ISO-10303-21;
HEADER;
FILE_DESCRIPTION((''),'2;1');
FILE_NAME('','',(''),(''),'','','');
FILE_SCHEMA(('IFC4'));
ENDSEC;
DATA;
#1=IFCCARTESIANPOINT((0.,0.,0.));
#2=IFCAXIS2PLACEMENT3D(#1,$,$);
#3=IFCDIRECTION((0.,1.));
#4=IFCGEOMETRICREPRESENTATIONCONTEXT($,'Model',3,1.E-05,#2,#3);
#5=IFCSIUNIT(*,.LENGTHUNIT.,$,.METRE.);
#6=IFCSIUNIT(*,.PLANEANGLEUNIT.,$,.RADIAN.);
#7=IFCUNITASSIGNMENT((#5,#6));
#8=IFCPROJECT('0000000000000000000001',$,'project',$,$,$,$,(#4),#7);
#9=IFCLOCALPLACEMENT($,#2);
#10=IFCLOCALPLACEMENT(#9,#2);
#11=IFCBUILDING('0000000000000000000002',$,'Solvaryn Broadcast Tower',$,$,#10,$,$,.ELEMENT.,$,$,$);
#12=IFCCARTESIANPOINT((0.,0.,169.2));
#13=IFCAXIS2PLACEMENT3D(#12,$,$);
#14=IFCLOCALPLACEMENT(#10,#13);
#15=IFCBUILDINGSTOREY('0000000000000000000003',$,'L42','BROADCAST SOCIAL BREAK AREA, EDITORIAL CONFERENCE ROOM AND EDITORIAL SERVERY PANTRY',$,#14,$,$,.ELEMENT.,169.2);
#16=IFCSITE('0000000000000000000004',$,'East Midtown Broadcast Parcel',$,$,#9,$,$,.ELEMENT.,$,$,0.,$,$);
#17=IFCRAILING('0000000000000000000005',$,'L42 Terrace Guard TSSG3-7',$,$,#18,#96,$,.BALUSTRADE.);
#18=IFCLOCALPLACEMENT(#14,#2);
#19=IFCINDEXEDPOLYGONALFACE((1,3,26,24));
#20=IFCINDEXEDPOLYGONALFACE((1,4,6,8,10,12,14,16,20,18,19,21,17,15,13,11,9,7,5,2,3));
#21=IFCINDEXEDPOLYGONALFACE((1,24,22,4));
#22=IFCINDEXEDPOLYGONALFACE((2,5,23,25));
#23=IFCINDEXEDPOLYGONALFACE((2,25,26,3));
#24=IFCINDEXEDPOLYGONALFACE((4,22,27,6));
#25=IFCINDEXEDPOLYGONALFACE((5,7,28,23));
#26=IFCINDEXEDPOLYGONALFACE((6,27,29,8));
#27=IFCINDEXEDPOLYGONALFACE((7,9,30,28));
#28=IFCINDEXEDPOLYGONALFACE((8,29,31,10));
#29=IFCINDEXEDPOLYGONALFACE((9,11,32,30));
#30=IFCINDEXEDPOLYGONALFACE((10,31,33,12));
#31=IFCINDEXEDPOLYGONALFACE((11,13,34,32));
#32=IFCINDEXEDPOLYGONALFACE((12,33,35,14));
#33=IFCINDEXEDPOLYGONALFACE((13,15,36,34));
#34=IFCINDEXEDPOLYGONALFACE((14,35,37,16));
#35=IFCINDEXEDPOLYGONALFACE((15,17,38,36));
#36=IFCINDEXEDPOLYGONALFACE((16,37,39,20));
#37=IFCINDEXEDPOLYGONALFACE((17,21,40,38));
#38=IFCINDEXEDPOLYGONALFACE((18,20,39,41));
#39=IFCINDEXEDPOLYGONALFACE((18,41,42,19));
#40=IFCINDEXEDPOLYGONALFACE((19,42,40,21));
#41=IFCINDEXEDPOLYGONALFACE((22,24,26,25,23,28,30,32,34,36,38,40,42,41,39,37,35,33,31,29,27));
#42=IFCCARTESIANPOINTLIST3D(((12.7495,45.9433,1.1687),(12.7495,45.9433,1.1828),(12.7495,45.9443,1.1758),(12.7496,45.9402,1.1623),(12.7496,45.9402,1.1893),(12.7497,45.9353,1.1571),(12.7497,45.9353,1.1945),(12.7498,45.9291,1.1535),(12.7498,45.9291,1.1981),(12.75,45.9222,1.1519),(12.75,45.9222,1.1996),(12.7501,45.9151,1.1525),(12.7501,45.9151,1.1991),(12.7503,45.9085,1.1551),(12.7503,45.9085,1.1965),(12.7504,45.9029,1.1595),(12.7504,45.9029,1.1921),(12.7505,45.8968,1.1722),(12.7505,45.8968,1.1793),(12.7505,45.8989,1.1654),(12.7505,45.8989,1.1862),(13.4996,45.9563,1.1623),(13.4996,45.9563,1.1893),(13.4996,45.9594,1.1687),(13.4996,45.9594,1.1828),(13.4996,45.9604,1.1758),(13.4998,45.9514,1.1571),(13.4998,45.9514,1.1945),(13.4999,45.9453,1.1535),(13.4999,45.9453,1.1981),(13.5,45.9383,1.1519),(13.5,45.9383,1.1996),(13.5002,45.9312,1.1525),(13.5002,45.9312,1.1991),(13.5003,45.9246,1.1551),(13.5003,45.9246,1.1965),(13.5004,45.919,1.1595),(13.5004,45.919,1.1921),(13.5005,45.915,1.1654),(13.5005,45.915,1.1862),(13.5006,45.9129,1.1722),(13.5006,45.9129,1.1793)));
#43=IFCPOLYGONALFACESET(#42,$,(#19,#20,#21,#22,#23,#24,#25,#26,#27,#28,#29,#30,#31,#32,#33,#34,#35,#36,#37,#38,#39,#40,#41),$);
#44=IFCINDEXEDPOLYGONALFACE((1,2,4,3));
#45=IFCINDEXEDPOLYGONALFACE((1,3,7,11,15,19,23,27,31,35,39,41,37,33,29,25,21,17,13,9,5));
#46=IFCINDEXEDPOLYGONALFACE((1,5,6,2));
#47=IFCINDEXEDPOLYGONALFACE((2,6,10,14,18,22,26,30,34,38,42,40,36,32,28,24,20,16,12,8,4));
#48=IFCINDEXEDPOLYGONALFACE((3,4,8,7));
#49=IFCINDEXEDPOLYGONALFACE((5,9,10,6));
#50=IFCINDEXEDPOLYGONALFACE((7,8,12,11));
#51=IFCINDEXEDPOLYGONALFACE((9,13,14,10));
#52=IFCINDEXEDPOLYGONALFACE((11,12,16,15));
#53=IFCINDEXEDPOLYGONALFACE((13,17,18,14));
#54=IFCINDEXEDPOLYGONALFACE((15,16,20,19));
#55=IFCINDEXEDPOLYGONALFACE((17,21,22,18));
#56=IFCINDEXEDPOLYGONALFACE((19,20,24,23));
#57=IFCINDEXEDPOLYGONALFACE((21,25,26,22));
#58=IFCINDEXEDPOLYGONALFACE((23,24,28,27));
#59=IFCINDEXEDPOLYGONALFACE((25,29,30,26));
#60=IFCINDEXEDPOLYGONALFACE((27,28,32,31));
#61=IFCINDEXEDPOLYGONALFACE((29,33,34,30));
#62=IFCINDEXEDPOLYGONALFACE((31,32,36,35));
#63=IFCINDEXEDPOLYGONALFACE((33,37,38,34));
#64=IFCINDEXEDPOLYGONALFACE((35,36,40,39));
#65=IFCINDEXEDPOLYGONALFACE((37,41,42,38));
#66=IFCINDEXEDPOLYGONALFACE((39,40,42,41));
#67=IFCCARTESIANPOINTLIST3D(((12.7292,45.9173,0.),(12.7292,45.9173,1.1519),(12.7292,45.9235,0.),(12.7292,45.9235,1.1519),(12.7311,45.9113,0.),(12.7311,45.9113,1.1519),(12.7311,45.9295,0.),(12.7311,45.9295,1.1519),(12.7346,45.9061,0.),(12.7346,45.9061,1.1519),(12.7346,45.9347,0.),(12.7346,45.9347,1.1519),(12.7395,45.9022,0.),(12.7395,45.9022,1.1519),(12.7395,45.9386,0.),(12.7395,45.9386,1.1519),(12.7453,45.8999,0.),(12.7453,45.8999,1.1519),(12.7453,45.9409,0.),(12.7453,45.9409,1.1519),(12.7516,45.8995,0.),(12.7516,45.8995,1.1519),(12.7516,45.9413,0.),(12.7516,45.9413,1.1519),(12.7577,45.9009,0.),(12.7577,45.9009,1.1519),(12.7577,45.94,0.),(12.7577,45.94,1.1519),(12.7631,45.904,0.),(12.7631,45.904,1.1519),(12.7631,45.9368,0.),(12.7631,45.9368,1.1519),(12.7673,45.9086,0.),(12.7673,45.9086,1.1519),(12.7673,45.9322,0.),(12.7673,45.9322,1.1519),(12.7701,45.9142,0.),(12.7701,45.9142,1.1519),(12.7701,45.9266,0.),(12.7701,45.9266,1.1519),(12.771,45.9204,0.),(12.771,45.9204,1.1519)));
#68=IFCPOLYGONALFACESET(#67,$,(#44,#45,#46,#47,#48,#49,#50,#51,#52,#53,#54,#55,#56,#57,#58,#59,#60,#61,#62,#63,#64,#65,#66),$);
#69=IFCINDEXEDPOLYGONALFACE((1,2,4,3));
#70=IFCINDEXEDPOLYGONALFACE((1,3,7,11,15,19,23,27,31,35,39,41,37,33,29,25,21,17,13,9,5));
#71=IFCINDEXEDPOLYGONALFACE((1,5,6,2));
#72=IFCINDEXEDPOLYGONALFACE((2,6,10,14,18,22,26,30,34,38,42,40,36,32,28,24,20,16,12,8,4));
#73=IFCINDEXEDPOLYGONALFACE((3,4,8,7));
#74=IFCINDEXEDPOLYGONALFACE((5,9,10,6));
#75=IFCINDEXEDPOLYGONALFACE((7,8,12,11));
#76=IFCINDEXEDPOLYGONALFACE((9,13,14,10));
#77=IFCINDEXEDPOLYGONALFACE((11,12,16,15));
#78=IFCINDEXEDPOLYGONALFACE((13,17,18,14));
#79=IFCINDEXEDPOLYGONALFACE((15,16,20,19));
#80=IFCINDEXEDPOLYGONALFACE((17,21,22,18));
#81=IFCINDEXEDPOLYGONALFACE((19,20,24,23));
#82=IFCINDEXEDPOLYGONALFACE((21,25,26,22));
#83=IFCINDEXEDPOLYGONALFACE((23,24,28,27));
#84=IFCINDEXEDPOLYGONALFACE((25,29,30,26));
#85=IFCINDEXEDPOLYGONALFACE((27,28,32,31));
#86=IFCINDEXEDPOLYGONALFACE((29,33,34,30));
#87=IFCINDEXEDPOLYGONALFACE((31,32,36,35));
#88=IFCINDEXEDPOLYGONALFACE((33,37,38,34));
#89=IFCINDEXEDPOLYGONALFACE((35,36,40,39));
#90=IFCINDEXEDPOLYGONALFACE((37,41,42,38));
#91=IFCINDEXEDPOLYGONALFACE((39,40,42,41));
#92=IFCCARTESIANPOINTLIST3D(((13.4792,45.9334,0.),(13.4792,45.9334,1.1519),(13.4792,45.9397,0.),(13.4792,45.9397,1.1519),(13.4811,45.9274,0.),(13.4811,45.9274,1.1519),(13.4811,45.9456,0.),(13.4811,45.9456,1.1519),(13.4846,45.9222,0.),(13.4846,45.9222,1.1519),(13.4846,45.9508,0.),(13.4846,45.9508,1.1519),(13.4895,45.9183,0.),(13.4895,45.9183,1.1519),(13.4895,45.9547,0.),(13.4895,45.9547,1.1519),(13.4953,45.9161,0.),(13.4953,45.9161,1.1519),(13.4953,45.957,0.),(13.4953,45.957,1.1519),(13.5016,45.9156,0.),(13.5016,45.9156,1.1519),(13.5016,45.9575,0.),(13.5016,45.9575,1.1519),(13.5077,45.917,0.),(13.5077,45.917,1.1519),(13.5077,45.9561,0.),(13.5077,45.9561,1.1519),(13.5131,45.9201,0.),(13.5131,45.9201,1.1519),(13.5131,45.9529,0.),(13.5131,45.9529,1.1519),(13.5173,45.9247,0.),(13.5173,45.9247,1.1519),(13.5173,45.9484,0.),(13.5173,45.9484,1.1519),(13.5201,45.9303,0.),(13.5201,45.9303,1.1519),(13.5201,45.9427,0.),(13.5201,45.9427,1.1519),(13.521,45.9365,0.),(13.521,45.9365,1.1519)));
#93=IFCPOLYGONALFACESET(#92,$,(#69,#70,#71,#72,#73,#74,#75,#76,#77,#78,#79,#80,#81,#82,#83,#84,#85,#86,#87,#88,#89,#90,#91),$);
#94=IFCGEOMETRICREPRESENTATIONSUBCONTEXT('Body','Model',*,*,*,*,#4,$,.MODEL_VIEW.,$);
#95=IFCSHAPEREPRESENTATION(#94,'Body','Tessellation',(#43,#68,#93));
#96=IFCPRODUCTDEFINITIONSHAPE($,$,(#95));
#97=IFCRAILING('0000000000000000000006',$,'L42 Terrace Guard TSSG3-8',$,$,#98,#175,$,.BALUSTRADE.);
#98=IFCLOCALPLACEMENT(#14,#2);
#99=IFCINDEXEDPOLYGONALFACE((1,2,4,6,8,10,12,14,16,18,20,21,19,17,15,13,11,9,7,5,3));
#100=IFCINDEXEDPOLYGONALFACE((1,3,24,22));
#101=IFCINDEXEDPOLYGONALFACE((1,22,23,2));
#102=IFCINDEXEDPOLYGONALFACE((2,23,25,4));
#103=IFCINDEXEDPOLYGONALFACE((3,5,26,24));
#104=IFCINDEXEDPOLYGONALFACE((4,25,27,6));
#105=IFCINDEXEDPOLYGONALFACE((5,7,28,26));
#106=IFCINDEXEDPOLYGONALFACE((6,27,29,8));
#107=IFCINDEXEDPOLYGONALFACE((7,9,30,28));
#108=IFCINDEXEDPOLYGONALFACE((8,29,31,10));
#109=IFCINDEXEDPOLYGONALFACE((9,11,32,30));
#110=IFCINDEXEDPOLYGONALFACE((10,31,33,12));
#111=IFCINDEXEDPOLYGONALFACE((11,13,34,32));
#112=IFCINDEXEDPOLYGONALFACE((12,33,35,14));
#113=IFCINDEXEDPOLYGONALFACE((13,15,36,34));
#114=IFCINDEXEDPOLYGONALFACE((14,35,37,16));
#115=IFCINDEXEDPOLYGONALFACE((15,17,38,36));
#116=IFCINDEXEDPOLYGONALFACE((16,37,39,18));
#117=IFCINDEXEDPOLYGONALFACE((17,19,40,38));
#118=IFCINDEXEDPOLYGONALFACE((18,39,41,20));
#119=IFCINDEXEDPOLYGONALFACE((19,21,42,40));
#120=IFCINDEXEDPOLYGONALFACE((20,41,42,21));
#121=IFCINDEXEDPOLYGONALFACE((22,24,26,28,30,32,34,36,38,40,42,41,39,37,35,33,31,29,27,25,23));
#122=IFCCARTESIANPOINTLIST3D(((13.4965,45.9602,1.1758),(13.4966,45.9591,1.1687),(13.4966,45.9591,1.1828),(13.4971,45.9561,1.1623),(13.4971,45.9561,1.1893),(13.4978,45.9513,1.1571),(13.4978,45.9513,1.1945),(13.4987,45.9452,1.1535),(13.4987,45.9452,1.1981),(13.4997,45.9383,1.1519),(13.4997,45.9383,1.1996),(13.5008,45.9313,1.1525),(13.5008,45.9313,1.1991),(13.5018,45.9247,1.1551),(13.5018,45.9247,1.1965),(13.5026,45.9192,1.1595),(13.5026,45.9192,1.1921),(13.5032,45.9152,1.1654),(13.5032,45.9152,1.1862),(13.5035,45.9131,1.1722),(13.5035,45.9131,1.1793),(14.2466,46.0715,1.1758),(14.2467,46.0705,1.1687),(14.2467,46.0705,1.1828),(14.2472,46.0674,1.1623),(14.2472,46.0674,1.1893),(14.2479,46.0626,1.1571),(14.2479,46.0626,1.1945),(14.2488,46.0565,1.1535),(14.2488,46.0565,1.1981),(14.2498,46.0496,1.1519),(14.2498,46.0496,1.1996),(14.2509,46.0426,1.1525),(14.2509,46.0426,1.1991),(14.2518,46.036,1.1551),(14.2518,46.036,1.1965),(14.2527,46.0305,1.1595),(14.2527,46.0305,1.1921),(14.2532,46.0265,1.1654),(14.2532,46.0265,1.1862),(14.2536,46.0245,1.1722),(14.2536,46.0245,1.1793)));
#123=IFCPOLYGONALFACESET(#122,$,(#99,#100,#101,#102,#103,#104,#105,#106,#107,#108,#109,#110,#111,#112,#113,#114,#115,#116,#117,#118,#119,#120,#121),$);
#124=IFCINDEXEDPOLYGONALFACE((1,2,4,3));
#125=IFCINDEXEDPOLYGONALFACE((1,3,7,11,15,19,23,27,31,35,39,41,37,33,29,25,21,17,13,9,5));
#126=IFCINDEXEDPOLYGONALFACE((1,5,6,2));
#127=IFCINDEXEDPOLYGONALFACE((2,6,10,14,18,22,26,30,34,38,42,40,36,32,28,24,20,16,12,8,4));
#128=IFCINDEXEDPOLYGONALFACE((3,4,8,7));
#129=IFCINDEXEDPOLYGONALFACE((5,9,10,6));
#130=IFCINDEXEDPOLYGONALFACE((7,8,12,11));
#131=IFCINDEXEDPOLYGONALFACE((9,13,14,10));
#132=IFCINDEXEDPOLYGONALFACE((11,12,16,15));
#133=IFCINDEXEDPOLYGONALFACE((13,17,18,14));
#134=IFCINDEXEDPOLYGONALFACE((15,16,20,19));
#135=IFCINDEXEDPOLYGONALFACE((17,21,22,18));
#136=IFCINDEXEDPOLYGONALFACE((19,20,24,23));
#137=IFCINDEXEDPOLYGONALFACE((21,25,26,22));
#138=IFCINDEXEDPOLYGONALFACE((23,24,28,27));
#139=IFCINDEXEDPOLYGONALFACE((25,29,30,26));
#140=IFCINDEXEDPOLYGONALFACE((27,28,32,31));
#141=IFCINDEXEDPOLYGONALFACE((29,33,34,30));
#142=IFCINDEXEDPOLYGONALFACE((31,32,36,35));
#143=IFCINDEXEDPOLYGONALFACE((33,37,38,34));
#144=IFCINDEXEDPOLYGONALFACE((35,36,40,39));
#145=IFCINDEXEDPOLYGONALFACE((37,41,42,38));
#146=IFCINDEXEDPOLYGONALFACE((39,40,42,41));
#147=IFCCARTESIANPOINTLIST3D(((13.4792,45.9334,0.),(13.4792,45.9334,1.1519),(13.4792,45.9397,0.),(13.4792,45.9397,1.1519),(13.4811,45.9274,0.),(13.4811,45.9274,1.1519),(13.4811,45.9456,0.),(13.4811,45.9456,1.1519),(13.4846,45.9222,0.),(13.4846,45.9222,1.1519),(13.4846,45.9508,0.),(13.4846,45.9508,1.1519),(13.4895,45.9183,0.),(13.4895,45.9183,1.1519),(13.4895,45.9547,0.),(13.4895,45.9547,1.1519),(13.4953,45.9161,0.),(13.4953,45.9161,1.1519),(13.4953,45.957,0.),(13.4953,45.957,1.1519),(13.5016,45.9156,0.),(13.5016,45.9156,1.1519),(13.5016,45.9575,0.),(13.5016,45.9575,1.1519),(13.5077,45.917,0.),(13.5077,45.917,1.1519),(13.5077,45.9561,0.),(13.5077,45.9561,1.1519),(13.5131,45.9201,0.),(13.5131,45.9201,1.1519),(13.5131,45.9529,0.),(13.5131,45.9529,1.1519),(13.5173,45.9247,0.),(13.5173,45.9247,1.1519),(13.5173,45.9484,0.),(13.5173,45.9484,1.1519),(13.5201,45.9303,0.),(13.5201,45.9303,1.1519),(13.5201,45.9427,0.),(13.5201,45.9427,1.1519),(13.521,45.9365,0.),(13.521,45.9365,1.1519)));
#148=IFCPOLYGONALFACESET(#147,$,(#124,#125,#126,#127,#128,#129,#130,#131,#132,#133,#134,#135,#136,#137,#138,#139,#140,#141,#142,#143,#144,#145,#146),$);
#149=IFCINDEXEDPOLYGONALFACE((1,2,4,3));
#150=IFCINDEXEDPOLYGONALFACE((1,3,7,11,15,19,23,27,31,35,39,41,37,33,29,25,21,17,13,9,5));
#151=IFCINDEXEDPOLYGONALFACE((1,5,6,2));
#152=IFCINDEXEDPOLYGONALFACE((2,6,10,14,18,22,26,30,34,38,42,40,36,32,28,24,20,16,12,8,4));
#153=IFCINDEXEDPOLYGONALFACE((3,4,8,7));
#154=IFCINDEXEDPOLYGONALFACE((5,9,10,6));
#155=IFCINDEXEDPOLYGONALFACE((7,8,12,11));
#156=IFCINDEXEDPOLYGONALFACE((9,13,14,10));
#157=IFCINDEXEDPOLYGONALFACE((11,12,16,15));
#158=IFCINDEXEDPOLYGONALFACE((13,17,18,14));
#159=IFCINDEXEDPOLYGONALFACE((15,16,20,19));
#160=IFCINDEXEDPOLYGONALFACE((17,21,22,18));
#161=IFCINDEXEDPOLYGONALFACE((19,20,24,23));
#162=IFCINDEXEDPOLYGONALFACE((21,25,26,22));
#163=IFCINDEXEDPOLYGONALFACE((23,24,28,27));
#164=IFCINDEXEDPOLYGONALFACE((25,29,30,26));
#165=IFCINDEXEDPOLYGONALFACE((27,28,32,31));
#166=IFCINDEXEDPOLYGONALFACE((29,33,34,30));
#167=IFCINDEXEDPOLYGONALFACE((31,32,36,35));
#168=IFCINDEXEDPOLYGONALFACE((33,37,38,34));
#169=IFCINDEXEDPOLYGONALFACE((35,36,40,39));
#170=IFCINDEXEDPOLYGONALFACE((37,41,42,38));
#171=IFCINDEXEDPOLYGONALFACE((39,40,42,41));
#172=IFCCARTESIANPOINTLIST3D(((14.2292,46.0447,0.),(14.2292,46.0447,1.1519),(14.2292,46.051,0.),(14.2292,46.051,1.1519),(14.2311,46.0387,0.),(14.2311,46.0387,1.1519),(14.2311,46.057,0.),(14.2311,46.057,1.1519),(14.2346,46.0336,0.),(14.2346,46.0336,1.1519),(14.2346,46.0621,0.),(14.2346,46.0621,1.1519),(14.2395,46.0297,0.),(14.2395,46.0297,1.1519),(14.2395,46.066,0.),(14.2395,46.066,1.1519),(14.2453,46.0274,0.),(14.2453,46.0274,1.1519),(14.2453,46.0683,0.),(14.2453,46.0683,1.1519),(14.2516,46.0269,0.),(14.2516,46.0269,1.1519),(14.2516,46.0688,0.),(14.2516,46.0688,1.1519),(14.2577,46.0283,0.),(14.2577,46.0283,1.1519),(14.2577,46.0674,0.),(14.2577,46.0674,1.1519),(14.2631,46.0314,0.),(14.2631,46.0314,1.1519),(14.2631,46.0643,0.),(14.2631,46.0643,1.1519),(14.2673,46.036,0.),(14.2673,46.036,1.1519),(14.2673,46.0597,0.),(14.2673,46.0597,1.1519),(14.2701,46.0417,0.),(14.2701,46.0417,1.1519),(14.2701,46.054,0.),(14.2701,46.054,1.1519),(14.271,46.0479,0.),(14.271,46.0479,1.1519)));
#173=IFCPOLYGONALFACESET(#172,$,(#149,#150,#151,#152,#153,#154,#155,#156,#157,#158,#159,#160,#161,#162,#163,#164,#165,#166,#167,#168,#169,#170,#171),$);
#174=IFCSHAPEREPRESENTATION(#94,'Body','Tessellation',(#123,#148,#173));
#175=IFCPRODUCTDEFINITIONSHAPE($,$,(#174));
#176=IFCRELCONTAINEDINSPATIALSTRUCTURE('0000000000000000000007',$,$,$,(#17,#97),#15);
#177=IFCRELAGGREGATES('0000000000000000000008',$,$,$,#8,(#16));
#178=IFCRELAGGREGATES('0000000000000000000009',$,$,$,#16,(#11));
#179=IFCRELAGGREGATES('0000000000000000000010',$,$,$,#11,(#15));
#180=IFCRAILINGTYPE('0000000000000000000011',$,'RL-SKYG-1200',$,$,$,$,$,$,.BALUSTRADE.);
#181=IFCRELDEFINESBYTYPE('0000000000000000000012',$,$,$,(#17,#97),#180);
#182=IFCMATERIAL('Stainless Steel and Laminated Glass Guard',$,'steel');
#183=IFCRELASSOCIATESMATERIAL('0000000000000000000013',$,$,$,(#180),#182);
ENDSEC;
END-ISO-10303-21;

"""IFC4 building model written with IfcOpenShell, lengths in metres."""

from ifc_helpers import new_model, si_unit, direction, frame, origin, origin_2d, place, context, subcontext, project, spatial, circle, extrude, material, type_object, element, save


model = new_model("IFC4")

# Units and contexts
model_context = context("Model", 3, precision=1e-05, world=origin(), true_north=direction((0.0, 1.0)))
body_context = subcontext(model_context, "Body", "Model", "MODEL_VIEW")
ifc_project = project(units=[si_unit("LENGTHUNIT", "METRE"), si_unit("PLANEANGLEUNIT", "RADIAN")], contexts=[model_context])

# Site, building, storey
site_placement = place(None, origin())
site = spatial("IfcSite", under=ifc_project, at=site_placement, Name="East Midtown Broadcast Parcel", CompositionType="ELEMENT", RefElevation=0.0)
building_placement = place(site_placement, origin())
building = spatial("IfcBuilding", under=site, at=building_placement, Name="Solvaryn Broadcast Tower", CompositionType="ELEMENT")
storey_placement = place(building_placement, frame((0.0, 0.0, 169.2)))
storey = spatial("IfcBuildingStorey", under=building, at=storey_placement, Name="L42", Description="BROADCAST SOCIAL BREAK AREA, EDITORIAL CONFERENCE ROOM AND EDITORIAL SERVERY PANTRY", CompositionType="ELEMENT", Elevation=169.2)

# Railings
ifc_material_1 = material(Name="Stainless Steel and Laminated Glass Guard", Category="steel")
railing_type = type_object("IfcRailingType", Name="RL-SKYG-1200", PredefinedType="BALUSTRADE", material=ifc_material_1)
railing_1_placement = place(storey_placement, frame((12.75, 45.9204, 0.0)))
element("IfcRailing", 1, at=railing_1_placement, inside=storey, type_object=railing_type, Name="L42 Terrace Guard TSSG3-7", PredefinedType="BALUSTRADE", context=body_context, shape_type="SweptSolid", body=[
    extrude(circle(Radius=0.0239, at=origin_2d()), frame((0.0, 0.0, 1.1758), z_axis=(0.999769, 0.021479, 0.0), x_axis=(-0.021479, 0.999769, 0.0)), (0.0, 0.0, 1.0), 0.7502),
    extrude(circle(Radius=0.021, at=origin_2d()), origin(), (0.0, 0.0, 1.0), 1.1519),
    extrude(circle(Radius=0.021, at=origin_2d()), frame((0.75, 0.0161, 0.0)), (0.0, 0.0, 1.0), 1.1519),
])
railing_2_placement = place(storey_placement, frame((13.5, 45.9365, 0.0)))
element("IfcRailing", 2, at=railing_2_placement, inside=storey, type_object=railing_type, Name="L42 Terrace Guard TSSG3-8", PredefinedType="BALUSTRADE", context=body_context, shape_type="SweptSolid", body=[
    extrude(circle(Radius=0.0239, at=origin_2d()), frame((0.0, 0.0, 1.1758), z_axis=(0.989162, 0.146829, 0.0), x_axis=(-0.146829, 0.989162, 0.0)), (0.0, 0.0, 1.0), 0.7583),
    extrude(circle(Radius=0.021, at=origin_2d()), origin(), (0.0, 0.0, 1.0), 1.1519),
    extrude(circle(Radius=0.021, at=origin_2d()), frame((0.75, 0.1113, 0.0)), (0.0, 0.0, 1.0), 1.1519),
])

save(model, "model.ifc")
